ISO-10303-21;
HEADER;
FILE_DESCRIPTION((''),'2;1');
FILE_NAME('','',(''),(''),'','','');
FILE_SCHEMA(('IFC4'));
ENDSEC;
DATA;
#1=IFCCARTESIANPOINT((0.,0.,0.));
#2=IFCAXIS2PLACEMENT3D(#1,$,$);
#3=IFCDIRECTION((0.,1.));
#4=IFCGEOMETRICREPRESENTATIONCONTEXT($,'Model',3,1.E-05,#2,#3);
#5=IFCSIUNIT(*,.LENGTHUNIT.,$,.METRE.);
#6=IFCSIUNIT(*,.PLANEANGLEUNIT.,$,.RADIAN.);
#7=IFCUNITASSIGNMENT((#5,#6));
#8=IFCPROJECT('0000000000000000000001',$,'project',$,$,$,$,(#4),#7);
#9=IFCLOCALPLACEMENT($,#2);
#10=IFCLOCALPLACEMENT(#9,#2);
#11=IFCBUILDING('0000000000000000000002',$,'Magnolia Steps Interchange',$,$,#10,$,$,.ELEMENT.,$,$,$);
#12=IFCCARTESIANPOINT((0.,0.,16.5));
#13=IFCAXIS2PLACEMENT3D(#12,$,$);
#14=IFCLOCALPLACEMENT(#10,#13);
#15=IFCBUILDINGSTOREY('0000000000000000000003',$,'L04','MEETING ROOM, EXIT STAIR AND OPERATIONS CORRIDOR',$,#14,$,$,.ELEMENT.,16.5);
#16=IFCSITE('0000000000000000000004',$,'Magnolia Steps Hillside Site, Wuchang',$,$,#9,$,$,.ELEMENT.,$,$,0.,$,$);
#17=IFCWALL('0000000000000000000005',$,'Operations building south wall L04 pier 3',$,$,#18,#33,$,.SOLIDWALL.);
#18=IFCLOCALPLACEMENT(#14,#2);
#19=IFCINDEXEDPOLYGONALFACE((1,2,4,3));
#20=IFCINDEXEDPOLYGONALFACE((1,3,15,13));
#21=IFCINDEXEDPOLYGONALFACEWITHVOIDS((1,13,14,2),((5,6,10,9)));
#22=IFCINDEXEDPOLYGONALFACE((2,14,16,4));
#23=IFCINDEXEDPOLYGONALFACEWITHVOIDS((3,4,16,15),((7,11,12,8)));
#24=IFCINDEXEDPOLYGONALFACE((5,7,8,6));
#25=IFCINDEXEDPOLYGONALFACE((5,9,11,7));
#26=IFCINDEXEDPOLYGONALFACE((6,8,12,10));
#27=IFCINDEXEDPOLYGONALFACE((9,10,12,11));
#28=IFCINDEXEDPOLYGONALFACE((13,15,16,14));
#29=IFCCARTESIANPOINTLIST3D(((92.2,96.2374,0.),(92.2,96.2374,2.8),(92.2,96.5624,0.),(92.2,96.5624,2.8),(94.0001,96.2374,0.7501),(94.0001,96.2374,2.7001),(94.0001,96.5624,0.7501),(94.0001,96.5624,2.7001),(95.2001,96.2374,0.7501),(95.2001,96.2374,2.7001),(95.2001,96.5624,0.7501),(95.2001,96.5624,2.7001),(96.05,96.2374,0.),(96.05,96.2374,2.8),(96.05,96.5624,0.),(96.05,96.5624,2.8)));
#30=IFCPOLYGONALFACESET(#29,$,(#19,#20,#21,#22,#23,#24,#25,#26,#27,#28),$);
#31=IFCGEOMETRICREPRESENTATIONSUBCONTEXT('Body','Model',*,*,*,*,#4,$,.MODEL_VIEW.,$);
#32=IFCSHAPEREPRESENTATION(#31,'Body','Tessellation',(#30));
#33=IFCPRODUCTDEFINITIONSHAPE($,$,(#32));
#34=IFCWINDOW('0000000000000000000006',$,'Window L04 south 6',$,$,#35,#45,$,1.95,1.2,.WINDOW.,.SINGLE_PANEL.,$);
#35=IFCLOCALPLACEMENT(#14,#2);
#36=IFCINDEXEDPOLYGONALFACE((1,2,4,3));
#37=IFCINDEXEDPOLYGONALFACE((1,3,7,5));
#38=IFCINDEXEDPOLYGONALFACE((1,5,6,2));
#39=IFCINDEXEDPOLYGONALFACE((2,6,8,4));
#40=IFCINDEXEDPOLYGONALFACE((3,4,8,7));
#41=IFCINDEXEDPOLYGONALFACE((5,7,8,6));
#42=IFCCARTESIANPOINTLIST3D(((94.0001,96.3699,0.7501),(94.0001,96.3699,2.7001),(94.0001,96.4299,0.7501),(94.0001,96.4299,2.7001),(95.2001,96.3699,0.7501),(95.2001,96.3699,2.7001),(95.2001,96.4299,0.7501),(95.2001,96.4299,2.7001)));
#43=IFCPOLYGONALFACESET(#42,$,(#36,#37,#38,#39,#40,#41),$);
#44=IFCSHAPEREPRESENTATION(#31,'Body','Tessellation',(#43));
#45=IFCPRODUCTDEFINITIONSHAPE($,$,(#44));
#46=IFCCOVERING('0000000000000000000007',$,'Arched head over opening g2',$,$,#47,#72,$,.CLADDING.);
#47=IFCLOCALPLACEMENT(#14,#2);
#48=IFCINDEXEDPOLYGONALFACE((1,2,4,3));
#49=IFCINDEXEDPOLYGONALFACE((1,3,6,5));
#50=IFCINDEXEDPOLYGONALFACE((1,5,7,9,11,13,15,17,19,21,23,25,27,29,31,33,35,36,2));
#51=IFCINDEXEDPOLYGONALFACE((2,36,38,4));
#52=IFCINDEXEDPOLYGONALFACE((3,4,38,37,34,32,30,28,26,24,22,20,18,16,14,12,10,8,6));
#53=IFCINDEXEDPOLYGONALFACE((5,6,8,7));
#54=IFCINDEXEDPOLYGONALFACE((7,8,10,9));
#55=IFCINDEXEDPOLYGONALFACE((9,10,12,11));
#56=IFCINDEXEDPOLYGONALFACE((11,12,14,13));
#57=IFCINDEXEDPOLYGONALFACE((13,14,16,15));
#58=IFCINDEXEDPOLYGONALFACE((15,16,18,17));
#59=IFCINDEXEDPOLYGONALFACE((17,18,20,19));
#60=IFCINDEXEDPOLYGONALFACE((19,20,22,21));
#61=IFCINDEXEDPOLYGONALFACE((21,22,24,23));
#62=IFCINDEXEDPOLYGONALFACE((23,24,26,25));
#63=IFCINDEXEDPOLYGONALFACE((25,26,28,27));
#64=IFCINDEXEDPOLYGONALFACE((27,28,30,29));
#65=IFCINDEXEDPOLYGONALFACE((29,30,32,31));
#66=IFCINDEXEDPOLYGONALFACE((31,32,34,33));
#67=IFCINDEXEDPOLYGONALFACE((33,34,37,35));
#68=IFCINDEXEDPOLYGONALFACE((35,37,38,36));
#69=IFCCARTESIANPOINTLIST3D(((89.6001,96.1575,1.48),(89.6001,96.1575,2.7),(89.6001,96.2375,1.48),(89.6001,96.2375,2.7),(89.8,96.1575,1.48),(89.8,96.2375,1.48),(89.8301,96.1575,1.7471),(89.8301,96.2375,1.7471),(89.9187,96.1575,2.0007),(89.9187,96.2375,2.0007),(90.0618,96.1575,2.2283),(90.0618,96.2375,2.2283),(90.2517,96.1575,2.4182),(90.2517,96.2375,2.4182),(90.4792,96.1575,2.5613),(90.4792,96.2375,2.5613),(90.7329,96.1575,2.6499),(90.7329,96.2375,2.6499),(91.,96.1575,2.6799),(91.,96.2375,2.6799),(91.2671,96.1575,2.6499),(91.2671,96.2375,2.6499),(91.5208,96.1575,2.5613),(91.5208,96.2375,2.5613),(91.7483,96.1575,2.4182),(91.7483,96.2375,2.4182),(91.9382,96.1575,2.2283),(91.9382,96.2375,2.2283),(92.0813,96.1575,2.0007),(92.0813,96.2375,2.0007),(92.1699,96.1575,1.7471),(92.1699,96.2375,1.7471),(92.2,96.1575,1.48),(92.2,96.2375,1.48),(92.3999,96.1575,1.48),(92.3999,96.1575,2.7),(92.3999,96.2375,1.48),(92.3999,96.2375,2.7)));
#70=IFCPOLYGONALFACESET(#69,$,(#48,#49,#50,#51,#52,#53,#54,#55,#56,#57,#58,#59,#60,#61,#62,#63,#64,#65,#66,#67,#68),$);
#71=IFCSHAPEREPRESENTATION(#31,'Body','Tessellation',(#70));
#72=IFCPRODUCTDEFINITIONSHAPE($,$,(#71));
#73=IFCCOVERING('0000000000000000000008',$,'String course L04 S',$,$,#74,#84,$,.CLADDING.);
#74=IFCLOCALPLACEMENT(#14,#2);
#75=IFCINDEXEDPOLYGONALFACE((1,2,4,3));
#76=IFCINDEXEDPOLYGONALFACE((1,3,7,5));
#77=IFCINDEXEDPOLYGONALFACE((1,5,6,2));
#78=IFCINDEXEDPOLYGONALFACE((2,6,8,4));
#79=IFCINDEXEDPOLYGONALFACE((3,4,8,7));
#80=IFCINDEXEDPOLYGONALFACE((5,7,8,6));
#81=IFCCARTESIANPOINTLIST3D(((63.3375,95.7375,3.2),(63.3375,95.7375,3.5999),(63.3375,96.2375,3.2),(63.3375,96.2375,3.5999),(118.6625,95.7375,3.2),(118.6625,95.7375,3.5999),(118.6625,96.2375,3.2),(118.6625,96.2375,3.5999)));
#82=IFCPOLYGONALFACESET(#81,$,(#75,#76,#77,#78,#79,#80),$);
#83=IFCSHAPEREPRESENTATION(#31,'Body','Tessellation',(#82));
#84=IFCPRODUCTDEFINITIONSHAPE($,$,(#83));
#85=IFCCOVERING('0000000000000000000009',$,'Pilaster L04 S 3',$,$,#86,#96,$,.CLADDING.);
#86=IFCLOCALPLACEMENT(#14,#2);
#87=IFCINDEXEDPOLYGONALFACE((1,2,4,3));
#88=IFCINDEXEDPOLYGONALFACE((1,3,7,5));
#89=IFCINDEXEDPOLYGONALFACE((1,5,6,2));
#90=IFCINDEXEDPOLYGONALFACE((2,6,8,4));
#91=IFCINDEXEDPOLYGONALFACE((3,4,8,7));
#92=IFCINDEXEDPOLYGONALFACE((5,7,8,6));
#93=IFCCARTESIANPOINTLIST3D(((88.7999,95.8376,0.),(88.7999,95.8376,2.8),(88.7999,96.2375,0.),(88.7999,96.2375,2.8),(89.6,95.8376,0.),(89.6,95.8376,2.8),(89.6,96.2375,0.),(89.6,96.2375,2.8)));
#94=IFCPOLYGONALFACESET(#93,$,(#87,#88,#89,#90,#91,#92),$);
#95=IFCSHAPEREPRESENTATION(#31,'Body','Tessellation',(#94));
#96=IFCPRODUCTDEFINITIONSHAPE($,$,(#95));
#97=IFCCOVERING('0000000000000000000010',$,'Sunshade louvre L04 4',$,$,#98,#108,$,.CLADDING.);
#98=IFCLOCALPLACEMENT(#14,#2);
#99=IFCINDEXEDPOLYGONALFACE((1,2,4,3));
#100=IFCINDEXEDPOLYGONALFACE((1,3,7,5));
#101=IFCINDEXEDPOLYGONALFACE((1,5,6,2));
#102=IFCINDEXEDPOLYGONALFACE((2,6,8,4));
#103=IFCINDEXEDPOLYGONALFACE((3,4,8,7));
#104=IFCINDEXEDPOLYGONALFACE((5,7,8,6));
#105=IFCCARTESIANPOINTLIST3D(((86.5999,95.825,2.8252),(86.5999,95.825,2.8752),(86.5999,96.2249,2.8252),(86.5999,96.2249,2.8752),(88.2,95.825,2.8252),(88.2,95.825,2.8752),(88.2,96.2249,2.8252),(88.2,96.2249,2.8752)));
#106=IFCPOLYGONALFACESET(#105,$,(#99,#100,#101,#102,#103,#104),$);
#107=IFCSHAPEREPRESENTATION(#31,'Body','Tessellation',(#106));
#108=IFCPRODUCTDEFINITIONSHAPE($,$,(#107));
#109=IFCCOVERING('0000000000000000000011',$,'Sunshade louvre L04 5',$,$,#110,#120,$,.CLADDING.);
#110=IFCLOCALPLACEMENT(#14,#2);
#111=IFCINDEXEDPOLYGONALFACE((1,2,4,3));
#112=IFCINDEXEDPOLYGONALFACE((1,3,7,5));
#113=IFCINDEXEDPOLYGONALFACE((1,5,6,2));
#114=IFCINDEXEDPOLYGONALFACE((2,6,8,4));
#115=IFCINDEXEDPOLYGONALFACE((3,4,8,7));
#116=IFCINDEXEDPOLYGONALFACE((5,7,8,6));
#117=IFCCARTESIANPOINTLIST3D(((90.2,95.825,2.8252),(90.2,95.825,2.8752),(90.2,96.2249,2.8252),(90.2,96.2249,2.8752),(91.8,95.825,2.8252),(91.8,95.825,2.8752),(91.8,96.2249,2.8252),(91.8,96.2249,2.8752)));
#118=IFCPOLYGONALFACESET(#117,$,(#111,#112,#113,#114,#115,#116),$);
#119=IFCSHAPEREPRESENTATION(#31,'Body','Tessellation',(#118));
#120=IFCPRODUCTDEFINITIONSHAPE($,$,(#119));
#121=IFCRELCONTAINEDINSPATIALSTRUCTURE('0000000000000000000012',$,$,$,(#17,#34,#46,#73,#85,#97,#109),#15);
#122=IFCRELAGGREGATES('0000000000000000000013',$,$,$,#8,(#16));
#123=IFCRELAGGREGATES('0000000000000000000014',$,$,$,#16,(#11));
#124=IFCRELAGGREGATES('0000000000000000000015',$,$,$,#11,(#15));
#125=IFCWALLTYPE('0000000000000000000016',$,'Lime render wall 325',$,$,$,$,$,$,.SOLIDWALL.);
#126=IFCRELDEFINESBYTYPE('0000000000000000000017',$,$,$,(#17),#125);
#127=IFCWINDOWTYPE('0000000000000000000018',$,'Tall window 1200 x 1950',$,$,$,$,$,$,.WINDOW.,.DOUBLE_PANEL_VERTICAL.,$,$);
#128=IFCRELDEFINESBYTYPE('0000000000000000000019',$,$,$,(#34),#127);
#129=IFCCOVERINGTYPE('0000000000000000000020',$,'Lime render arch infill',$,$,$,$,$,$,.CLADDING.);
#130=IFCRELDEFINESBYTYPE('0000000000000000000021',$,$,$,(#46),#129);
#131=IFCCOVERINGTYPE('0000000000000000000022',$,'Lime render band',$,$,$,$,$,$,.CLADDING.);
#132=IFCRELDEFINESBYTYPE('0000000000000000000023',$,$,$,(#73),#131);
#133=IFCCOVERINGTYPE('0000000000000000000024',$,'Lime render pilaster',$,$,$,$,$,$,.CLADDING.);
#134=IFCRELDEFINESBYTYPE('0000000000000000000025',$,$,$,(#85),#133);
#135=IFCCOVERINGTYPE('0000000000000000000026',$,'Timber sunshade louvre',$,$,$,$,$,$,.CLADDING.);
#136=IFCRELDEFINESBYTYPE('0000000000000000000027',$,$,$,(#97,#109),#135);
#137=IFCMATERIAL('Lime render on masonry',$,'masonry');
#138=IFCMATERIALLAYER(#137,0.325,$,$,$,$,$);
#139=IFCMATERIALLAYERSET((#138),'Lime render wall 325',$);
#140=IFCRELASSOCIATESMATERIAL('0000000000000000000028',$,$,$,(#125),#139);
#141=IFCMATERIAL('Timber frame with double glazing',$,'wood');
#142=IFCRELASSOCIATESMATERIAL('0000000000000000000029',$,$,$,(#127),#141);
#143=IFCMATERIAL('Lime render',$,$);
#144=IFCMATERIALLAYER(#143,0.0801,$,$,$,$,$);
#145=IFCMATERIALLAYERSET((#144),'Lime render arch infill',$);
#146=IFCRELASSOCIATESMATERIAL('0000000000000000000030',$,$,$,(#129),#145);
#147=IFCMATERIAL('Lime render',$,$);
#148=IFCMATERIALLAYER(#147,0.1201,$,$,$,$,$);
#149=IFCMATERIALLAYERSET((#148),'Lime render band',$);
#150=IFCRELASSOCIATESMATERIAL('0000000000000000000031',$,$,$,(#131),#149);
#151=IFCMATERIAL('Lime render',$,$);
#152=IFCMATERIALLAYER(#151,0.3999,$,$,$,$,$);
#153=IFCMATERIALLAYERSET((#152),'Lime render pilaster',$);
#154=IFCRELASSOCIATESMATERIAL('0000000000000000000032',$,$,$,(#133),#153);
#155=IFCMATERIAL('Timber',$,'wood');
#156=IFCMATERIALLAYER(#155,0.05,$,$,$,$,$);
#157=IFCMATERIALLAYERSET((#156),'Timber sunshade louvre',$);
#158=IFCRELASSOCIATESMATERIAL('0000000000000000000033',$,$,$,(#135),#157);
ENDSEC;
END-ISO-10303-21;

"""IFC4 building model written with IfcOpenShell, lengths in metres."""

from ifc_helpers import new_model, si_unit, direction, frame, frame_2d, origin, origin_2d, place, context, subcontext, project, spatial, polyline, rectangle, outline, extrude, material, layer, layer_set, type_object, element, fill, save


model = new_model("IFC4")

# Units and contexts
model_context = context("Model", 3, precision=1e-05, world=origin(), true_north=direction((0.0, 1.0)))
body_context = subcontext(model_context, "Body", "Model", "MODEL_VIEW")
ifc_project = project(units=[si_unit("LENGTHUNIT", "METRE"), si_unit("PLANEANGLEUNIT", "RADIAN")], contexts=[model_context])

# Site, building, storey
site_placement = place(None, origin())
site = spatial("IfcSite", under=ifc_project, at=site_placement, Name="Magnolia Steps Hillside Site, Wuchang", CompositionType="ELEMENT", RefElevation=0.0)
building_placement = place(site_placement, origin())
building = spatial("IfcBuilding", under=site, at=building_placement, Name="Magnolia Steps Interchange", CompositionType="ELEMENT")
storey_placement = place(building_placement, frame((0.0, 0.0, 16.5)))
storey = spatial("IfcBuildingStorey", under=building, at=storey_placement, Name="L04", Description="MEETING ROOM, EXIT STAIR AND OPERATIONS CORRIDOR", CompositionType="ELEMENT", Elevation=16.5)

# Wall, opening, window
ifc_material_1 = material(Name="Lime render on masonry", Category="masonry")
ifc_layer_1 = layer(ifc_material_1, 0.325)
ifc_layer_set_1 = layer_set([ifc_layer_1], Name="Lime render wall 325")
wall_type = type_object("IfcWallType", Name="Lime render wall 325", PredefinedType="SOLIDWALL", material=ifc_layer_set_1)
wall_placement = place(storey_placement, frame((92.2, 96.3999, 0.0), z_axis=(0.0, 0.0, 1.0), x_axis=(1.0, 0.0, 0.0)))
wall = element("IfcWall", 1, at=wall_placement, inside=storey, type_object=wall_type, Name="Operations building south wall L04 pier 3", PredefinedType="SOLIDWALL", context=body_context, shape_type="SweptSolid", body=[
    extrude(rectangle(XDim=3.8501, YDim=0.325, at=frame_2d((1.925, 0.0))), origin(), (0.0, 0.0, 1.0), 2.8),
])
opening_placement = place(wall_placement, frame((1.8, 0.0, 0.75)))
opening = element("IfcOpeningElement", 2, at=opening_placement, cuts=wall, PredefinedType="OPENING", context=body_context, shape_type="SweptSolid", body=[
    extrude(rectangle(XDim=1.2, YDim=1.95, at=frame_2d((0.6001, 0.9751))), frame((0.0, 0.1724, 0.0), z_axis=(0.0, -1.0, 0.0), x_axis=(1.0, 0.0, 0.0)), (0.0, 0.0, 1.0), 0.345),
])
ifc_material_2 = material(Name="Timber frame with double glazing", Category="wood")
window_type = type_object("IfcWindowType", Name="Tall window 1200 x 1950", PartitioningType="DOUBLE_PANEL_VERTICAL", PredefinedType="WINDOW", material=ifc_material_2)
window_placement = place(opening_placement, origin())
window = element("IfcWindow", 3, at=window_placement, inside=storey, type_object=window_type, Name="Window L04 south 6", OverallHeight=1.95, OverallWidth=1.2, PartitioningType="SINGLE_PANEL", PredefinedType="WINDOW", context=body_context, shape_type="SweptSolid", body=[
    extrude(rectangle(XDim=1.2, YDim=1.95, at=frame_2d((0.6001, 0.9751))), frame((0.0, 0.03, 0.0), z_axis=(0.0, -1.0, 0.0), x_axis=(1.0, 0.0, 0.0)), (0.0, 0.0, 1.0), 0.0601),
])
fill(opening, window)

# Coverings
ifc_material_3 = material(Name="Lime render")
ifc_layer_2 = layer(ifc_material_3, 0.0801)
ifc_layer_set_2 = layer_set([ifc_layer_2], Name="Lime render arch infill")
covering_type_1 = type_object("IfcCoveringType", Name="Lime render arch infill", PredefinedType="CLADDING", material=ifc_layer_set_2)
covering_1_placement = place(storey_placement, frame((89.6001, 96.2375, 1.48), z_axis=(0.0, 1.0, 0.0), x_axis=(0.0, 0.0, 1.0)))
element("IfcCovering", 4, at=covering_1_placement, inside=storey, type_object=covering_type_1, Name="Arched head over opening g2", PredefinedType="CLADDING", context=body_context, shape_type="SweptSolid", body=[
    extrude(outline(polyline([(0.0, 0.0), (1.22, 0.0), (1.22, 2.7998), (0.0, 2.7998), (0.0, 2.5999), (0.2671, 2.5698), (0.5208, 2.4812), (0.7483, 2.3381), (0.9382, 2.1482), (1.0813, 1.9207), (1.1699, 1.667), (1.2, 1.3999), (1.1699, 1.1328), (1.0813, 0.8792), (0.9382, 0.6516), (0.7483, 0.4617), (0.5208, 0.3186), (0.2671, 0.23), (0.0, 0.2), (0.0, 0.0)])), origin(), (0.0, 0.0, -1.0), 0.0801),
])
ifc_material_4 = material(Name="Lime render")
ifc_layer_3 = layer(ifc_material_4, 0.1201)
ifc_layer_set_3 = layer_set([ifc_layer_3], Name="Lime render band")
covering_type_2 = type_object("IfcCoveringType", Name="Lime render band", PredefinedType="CLADDING", material=ifc_layer_set_3)
covering_2_placement = place(storey_placement, frame((91.0, 95.9875, 3.2), z_axis=(0.0, 0.0, 1.0), x_axis=(1.0, 0.0, 0.0)))
element("IfcCovering", 5, at=covering_2_placement, inside=storey, type_object=covering_type_2, Name="String course L04 S", PredefinedType="CLADDING", context=body_context, shape_type="SweptSolid", body=[
    extrude(rectangle(XDim=55.325, YDim=0.5, at=origin_2d()), origin(), (0.0, 0.0, 1.0), 0.3999),
])
ifc_material_5 = material(Name="Lime render")
ifc_layer_4 = layer(ifc_material_5, 0.3999)
ifc_layer_set_4 = layer_set([ifc_layer_4], Name="Lime render pilaster")
covering_type_3 = type_object("IfcCoveringType", Name="Lime render pilaster", PredefinedType="CLADDING", material=ifc_layer_set_4)
covering_3_placement = place(storey_placement, frame((89.2, 96.0376, 0.0), z_axis=(0.0, 0.0, 1.0), x_axis=(1.0, 0.0, 0.0)))
element("IfcCovering", 6, at=covering_3_placement, inside=storey, type_object=covering_type_3, Name="Pilaster L04 S 3", PredefinedType="CLADDING", context=body_context, shape_type="SweptSolid", body=[
    extrude(rectangle(XDim=0.8, YDim=0.3999, at=origin_2d()), origin(), (0.0, 0.0, 1.0), 2.8),
])
ifc_material_6 = material(Name="Timber", Category="wood")
ifc_layer_5 = layer(ifc_material_6, 0.05)
ifc_layer_set_5 = layer_set([ifc_layer_5], Name="Timber sunshade louvre")
covering_type_4 = type_object("IfcCoveringType", Name="Timber sunshade louvre", PredefinedType="CLADDING", material=ifc_layer_set_5)
for number, where, z_axis, x_axis, name in (
    (7, (87.3999, 96.0249, 2.8252), (0.0, 0.0, 1.0), (1.0, 0.0, 0.0), "Sunshade louvre L04 4"),
    (8, (91.0, 96.0249, 2.8252), (0.0, 0.0, 1.0), (1.0, 0.0, 0.0), "Sunshade louvre L04 5"),
):
    element("IfcCovering", number, at=place(storey_placement, frame(where, z_axis=z_axis, x_axis=x_axis)), inside=storey, type_object=covering_type_4, Name=name, PredefinedType="CLADDING", context=body_context, shape_type="SweptSolid", body=[
        extrude(rectangle(XDim=1.6001, YDim=0.3999, at=origin_2d()), origin(), (0.0, 0.0, 1.0), 0.05),
    ])

save(model, "model.ifc")
